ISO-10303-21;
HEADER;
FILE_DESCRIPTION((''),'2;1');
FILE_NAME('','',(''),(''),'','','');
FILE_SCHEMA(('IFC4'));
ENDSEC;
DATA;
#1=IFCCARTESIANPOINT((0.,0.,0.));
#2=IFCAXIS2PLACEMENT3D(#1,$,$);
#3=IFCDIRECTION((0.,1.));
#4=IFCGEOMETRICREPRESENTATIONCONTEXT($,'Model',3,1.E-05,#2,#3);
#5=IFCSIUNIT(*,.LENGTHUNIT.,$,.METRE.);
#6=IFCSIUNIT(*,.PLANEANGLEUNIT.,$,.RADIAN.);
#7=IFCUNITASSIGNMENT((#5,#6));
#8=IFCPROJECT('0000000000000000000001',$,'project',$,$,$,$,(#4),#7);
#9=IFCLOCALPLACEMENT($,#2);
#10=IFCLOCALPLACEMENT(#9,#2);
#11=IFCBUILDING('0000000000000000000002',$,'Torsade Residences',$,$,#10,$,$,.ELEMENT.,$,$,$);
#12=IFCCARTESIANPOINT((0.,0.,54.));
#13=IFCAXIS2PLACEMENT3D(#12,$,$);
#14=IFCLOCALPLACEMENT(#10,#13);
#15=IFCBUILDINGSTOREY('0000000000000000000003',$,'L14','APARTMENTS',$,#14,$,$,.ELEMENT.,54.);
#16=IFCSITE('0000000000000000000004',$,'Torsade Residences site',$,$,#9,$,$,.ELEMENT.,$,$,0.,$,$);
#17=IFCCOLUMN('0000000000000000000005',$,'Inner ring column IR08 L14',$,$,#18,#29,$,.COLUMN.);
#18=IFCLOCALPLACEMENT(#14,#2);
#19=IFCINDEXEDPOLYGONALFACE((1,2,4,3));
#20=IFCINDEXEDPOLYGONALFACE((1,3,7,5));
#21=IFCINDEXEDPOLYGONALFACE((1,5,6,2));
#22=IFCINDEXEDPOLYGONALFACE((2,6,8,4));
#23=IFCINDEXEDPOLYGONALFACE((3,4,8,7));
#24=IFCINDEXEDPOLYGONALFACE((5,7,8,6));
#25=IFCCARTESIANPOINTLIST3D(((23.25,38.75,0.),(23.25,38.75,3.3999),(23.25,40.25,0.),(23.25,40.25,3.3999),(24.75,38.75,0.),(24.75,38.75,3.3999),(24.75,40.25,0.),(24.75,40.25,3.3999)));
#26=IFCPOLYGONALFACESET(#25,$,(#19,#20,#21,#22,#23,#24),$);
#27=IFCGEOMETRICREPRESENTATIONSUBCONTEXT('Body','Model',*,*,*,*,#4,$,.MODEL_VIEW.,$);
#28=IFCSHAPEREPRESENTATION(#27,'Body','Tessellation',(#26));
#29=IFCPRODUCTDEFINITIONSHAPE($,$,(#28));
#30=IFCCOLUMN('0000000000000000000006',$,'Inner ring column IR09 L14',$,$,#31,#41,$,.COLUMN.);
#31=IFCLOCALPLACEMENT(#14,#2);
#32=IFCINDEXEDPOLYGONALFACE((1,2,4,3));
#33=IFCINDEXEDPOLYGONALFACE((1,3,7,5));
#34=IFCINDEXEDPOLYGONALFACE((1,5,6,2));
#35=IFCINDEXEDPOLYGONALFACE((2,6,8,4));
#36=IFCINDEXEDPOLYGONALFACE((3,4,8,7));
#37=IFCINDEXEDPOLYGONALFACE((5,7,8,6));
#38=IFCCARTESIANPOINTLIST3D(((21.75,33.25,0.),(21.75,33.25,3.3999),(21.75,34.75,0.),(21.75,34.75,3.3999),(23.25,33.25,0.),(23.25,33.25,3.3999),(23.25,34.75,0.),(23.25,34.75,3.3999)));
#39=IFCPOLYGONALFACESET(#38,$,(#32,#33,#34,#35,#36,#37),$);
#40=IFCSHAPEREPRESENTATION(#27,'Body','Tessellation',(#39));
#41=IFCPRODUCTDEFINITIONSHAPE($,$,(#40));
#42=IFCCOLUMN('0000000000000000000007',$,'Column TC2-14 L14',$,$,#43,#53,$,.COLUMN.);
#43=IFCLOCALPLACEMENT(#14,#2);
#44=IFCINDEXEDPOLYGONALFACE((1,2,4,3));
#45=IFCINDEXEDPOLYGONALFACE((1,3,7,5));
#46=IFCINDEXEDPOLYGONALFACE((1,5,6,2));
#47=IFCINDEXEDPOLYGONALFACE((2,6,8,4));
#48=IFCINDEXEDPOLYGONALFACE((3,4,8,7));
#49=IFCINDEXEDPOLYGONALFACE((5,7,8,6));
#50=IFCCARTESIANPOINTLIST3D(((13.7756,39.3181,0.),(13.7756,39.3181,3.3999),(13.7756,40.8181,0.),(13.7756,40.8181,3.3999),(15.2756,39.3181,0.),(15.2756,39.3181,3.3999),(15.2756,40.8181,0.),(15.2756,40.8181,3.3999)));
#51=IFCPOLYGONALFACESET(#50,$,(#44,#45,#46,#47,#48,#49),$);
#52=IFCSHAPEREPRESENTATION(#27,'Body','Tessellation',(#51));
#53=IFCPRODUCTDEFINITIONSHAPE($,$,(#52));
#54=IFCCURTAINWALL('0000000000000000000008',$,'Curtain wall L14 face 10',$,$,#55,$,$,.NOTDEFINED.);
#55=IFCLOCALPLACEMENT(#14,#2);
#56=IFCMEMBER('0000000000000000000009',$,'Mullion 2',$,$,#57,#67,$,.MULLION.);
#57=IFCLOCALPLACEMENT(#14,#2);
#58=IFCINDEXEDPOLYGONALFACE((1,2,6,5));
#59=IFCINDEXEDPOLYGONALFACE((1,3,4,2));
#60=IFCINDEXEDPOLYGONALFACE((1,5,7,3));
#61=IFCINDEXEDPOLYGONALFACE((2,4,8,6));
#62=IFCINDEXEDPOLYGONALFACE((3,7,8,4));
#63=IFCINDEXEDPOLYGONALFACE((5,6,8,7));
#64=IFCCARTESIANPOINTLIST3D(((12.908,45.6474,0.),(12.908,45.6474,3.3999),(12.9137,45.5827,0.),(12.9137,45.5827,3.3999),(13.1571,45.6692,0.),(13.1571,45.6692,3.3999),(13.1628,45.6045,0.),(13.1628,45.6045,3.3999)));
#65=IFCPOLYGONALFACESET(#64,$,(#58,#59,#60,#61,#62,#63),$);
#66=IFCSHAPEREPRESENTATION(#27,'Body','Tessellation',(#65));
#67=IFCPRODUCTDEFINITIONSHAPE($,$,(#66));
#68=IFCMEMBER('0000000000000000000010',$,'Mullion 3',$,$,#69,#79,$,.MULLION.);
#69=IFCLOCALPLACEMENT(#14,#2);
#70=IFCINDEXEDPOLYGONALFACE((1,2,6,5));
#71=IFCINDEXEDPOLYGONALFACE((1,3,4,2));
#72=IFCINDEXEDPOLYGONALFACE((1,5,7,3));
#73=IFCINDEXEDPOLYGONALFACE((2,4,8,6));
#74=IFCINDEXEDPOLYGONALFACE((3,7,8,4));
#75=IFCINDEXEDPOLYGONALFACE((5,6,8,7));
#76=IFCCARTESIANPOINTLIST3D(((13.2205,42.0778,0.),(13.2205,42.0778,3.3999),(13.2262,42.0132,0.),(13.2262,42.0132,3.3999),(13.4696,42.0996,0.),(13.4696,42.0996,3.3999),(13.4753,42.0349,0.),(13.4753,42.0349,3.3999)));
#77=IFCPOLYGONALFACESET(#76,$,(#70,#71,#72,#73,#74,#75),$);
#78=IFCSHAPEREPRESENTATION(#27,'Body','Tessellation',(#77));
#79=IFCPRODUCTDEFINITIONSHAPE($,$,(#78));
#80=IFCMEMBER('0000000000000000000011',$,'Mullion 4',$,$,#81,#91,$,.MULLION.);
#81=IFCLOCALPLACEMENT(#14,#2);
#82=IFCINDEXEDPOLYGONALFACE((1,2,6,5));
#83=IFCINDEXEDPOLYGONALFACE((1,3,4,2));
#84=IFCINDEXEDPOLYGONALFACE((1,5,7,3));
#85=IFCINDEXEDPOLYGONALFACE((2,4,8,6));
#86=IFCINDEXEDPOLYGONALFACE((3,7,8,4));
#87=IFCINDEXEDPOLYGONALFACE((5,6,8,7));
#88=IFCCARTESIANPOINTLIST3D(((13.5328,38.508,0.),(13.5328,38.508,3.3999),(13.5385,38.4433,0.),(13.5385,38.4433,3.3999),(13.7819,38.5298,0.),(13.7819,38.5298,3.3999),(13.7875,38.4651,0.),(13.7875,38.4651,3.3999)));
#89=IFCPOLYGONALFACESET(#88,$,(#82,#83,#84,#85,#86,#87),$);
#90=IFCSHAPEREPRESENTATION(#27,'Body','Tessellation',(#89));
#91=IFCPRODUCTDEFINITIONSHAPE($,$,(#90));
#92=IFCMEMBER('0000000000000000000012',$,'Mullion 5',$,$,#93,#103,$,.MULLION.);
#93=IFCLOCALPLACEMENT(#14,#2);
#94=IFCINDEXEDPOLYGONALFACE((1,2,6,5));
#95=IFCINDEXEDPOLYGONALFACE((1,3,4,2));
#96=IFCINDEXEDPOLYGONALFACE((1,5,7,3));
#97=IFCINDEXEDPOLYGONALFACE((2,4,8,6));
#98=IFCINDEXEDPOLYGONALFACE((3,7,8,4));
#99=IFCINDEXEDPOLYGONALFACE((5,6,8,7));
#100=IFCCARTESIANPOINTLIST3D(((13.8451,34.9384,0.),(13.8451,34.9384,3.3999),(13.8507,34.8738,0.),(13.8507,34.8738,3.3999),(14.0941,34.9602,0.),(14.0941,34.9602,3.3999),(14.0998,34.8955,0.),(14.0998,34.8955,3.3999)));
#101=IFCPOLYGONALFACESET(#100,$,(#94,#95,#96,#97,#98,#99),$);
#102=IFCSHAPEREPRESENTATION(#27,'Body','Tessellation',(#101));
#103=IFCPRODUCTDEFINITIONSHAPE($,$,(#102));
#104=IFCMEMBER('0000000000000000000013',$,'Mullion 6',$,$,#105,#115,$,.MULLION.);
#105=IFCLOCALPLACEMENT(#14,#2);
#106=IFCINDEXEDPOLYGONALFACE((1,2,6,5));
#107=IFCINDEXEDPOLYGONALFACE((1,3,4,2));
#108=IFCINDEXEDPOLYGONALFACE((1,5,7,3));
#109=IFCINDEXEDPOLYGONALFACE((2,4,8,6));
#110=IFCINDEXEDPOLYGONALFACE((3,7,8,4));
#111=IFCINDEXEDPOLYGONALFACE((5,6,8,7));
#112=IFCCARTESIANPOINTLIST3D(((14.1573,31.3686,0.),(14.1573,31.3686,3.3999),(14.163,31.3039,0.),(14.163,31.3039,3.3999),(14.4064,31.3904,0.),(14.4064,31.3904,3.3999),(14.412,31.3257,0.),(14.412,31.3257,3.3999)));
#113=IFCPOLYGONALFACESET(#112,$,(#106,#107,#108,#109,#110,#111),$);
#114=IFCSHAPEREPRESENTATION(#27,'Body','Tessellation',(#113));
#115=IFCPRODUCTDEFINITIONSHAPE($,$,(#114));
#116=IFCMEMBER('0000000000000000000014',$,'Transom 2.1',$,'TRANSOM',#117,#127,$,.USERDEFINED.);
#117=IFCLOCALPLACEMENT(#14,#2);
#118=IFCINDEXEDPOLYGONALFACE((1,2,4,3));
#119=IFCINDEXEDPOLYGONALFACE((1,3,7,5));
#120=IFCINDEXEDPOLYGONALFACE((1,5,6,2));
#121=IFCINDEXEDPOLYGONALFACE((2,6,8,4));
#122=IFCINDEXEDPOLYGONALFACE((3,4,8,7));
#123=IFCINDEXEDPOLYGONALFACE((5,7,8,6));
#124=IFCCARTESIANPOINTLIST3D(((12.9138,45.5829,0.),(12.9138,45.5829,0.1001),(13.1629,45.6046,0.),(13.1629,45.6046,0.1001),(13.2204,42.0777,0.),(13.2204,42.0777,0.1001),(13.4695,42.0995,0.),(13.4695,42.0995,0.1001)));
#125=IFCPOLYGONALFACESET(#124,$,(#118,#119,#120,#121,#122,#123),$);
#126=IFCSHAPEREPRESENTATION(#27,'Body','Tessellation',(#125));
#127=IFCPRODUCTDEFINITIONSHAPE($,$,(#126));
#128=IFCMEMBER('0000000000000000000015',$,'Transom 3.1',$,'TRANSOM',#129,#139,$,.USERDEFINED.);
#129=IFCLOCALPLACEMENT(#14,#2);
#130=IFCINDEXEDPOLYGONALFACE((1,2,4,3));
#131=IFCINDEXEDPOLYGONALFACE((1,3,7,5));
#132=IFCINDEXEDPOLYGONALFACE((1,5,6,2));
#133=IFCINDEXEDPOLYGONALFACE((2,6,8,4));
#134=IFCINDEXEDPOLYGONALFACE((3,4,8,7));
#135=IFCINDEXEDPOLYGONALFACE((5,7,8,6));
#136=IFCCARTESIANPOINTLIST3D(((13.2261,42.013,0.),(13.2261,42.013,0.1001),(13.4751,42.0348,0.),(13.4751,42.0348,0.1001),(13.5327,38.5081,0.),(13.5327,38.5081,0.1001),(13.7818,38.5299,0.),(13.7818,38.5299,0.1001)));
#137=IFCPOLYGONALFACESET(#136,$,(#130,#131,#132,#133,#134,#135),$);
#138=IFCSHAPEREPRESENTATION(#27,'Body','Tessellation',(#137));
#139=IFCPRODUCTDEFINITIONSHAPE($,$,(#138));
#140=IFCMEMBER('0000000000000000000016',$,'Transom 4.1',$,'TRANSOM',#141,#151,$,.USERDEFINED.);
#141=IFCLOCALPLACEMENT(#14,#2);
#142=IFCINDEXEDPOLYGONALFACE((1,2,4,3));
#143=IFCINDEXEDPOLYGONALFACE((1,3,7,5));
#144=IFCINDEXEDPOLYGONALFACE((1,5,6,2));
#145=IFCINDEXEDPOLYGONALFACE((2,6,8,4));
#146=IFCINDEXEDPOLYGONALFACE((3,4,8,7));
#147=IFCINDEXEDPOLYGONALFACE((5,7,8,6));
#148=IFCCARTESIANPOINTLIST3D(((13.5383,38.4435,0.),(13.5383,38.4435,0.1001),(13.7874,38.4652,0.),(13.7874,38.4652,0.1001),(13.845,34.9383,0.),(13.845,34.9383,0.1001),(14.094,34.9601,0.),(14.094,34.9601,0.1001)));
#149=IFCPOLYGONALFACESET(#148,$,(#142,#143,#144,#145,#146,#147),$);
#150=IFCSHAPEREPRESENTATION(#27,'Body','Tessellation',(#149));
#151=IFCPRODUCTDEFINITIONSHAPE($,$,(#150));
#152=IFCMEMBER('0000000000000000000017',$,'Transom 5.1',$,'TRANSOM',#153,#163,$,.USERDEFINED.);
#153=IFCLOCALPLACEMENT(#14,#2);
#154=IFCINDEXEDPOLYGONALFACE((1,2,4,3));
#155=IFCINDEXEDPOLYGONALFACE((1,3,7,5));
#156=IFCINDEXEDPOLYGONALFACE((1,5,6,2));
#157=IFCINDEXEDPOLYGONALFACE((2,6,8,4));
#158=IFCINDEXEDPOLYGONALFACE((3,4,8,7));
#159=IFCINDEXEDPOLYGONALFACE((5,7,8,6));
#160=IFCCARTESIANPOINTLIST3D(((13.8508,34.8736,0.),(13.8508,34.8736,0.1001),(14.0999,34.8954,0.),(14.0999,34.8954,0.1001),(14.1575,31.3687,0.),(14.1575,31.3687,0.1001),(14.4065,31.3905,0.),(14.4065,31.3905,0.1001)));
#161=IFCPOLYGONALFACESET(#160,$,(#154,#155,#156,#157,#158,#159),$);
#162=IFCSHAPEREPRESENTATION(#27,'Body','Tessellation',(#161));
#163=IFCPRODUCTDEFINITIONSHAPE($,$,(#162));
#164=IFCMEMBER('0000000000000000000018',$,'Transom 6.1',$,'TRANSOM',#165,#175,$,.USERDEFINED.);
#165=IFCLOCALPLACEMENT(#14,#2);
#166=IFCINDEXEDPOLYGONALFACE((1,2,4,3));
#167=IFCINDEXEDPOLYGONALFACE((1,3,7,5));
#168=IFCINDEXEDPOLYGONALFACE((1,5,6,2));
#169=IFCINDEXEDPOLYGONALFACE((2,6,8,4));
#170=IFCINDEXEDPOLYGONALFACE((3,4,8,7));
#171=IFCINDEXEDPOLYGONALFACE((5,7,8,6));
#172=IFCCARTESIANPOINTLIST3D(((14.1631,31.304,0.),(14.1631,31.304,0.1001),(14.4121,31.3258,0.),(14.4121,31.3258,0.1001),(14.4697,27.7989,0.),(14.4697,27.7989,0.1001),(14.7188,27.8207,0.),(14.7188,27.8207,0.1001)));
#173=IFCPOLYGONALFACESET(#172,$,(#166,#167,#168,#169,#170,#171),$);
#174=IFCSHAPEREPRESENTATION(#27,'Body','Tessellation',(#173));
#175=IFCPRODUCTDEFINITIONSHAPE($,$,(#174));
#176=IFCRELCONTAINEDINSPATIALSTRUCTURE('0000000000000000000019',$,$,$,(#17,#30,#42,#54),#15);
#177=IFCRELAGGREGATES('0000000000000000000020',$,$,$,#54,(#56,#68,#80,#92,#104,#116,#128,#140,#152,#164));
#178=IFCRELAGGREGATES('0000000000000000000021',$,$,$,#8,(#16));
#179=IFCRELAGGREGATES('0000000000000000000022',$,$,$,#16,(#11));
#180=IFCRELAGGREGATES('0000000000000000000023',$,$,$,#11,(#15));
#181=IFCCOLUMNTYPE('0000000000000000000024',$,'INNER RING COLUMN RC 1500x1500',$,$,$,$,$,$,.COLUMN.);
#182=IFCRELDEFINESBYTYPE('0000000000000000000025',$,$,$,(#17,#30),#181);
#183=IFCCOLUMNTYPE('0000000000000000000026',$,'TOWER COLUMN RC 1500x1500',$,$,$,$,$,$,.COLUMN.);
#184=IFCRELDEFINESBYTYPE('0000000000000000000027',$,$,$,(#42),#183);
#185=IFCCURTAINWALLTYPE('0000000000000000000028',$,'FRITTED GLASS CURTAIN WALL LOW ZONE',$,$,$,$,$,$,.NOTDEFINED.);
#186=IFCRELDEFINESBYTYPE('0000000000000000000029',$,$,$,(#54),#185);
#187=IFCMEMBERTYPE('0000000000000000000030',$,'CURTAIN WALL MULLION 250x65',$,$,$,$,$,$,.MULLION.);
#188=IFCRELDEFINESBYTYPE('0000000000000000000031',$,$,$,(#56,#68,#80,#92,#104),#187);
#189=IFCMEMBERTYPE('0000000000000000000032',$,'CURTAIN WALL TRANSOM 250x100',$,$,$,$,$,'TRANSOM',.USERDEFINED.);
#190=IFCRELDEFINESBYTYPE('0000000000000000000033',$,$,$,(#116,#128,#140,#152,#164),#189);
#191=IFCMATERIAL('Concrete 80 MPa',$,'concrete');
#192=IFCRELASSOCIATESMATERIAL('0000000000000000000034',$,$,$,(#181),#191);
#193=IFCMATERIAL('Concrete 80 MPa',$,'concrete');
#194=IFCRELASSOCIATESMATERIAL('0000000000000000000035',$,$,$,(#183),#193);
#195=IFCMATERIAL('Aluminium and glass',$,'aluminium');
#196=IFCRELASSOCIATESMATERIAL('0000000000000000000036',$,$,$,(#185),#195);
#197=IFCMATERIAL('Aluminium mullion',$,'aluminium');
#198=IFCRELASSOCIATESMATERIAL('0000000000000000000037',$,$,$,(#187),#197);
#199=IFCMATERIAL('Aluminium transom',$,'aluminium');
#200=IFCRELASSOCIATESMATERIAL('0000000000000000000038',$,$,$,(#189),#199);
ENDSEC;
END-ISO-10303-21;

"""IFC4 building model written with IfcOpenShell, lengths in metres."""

from ifc_helpers import new_model, si_unit, direction, frame, origin, origin_2d, place, context, subcontext, project, spatial, rectangle, extrude, material, material_profile, profile_set, type_object, element, aggregate, save


model = new_model("IFC4")

# Units and contexts
model_context = context("Model", 3, precision=1e-05, world=origin(), true_north=direction((0.0, 1.0)))
body_context = subcontext(model_context, "Body", "Model", "MODEL_VIEW")
ifc_project = project(units=[si_unit("LENGTHUNIT", "METRE"), si_unit("PLANEANGLEUNIT", "RADIAN")], contexts=[model_context])

# Site, building, storey
site_placement = place(None, origin())
site = spatial("IfcSite", under=ifc_project, at=site_placement, Name="Torsade Residences site", CompositionType="ELEMENT", RefElevation=0.0)
building_placement = place(site_placement, origin())
building = spatial("IfcBuilding", under=site, at=building_placement, Name="Torsade Residences", CompositionType="ELEMENT")
storey_placement = place(building_placement, frame((0.0, 0.0, 54.0)))
storey = spatial("IfcBuildingStorey", under=building, at=storey_placement, Name="L14", Description="APARTMENTS", CompositionType="ELEMENT", Elevation=54.0)

# Columns
ifc_material_1 = material(Name="Concrete 80 MPa", Category="concrete")
ifc_material_profile_1 = material_profile(ifc_material_1, rectangle(XDim=1.5, YDim=1.5, at=origin_2d()), Name="RC 1500x1500")
ifc_profile_set_1 = profile_set([ifc_material_profile_1], Name="Concrete 80 MPa")
column_type_1 = type_object("IfcColumnType", Name="INNER RING COLUMN RC 1500x1500", PredefinedType="COLUMN", material=ifc_profile_set_1)
for number, where, z_axis, x_axis, name in (
    (1, (24.0, 39.5, 0.0), (0.0, 0.0, 1.0), (1.0, 0.0, 0.0), "Inner ring column IR08 L14"),
    (2, (22.5, 34.0, 0.0), (0.0, 0.0, 1.0), (1.0, 0.0, 0.0), "Inner ring column IR09 L14"),
):
    element("IfcColumn", number, at=place(storey_placement, frame(where, z_axis=z_axis, x_axis=x_axis)), inside=storey, type_object=column_type_1, Name=name, PredefinedType="COLUMN", context=body_context, shape_type="SweptSolid", body=[
        extrude(rectangle(XDim=1.5, YDim=1.5, at=origin_2d()), origin(), (0.0, 0.0, 1.0), 3.3999),
    ])
ifc_material_2 = material(Name="Concrete 80 MPa", Category="concrete")
ifc_material_profile_2 = material_profile(ifc_material_2, rectangle(XDim=1.5, YDim=1.5, at=origin_2d()), Name="RC 1500x1500")
ifc_profile_set_2 = profile_set([ifc_material_profile_2], Name="Concrete 80 MPa")
column_type_2 = type_object("IfcColumnType", Name="TOWER COLUMN RC 1500x1500", PredefinedType="COLUMN", material=ifc_profile_set_2)
column_placement = place(storey_placement, frame((14.5256, 40.0681, 0.0), z_axis=(0.0, 0.0, 1.0), x_axis=(1.0, 0.0, 0.0)))
element("IfcColumn", 3, at=column_placement, inside=storey, type_object=column_type_2, Name="Column TC2-14 L14", PredefinedType="COLUMN", context=body_context, shape_type="SweptSolid", body=[
    extrude(rectangle(XDim=1.5, YDim=1.5, at=origin_2d()), origin(), (0.0, 0.0, 1.0), 3.3999),
])

# Curtain wall, members
ifc_material_3 = material(Name="Aluminium and glass", Category="aluminium")
curtain_wall_type = type_object("IfcCurtainWallType", Name="FRITTED GLASS CURTAIN WALL LOW ZONE", PredefinedType="NOTDEFINED", material=ifc_material_3)
curtain_wall_placement = place(storey_placement, origin())
curtain_wall = element("IfcCurtainWall", 4, at=curtain_wall_placement, inside=storey, type_object=curtain_wall_type, Name="Curtain wall L14 face 10", PredefinedType="NOTDEFINED")
ifc_material_4 = material(Name="Aluminium mullion", Category="aluminium")
ifc_material_profile_3 = material_profile(ifc_material_4, rectangle(XDim=0.25, YDim=0.0649, at=origin_2d()), Name="CURTAIN WALL MULLION 250x65")
ifc_profile_set_3 = profile_set([ifc_material_profile_3], Name="Aluminium mullion")
member_type_1 = type_object("IfcMemberType", Name="CURTAIN WALL MULLION 250x65", PredefinedType="MULLION", material=ifc_profile_set_3)
member_1_placement = place(storey_placement, frame((13.0354, 45.626, 0.0), z_axis=(0.0, 0.0, 1.0), x_axis=(0.996195, 0.087156, 0.0)))
member_1 = element("IfcMember", 5, at=member_1_placement, type_object=member_type_1, Name="Mullion 2", PredefinedType="MULLION", context=body_context, shape_type="SweptSolid", body=[
    extrude(rectangle(XDim=0.25, YDim=0.0649, at=origin_2d()), origin(), (0.0, 0.0, 1.0), 3.3999),
])
member_2_placement = place(storey_placement, frame((13.3479, 42.0564, 0.0), z_axis=(0.0, 0.0, 1.0), x_axis=(0.996195, 0.087156, 0.0)))
member_2 = element("IfcMember", 6, at=member_2_placement, type_object=member_type_1, Name="Mullion 3", PredefinedType="MULLION", context=body_context, shape_type="SweptSolid", body=[
    extrude(rectangle(XDim=0.25, YDim=0.0649, at=origin_2d()), origin(), (0.0, 0.0, 1.0), 3.3999),
])
member_3_placement = place(storey_placement, frame((13.6602, 38.4866, 0.0), z_axis=(0.0, 0.0, 1.0), x_axis=(0.996195, 0.087156, 0.0)))
member_3 = element("IfcMember", 7, at=member_3_placement, type_object=member_type_1, Name="Mullion 4", PredefinedType="MULLION", context=body_context, shape_type="SweptSolid", body=[
    extrude(rectangle(XDim=0.25, YDim=0.0649, at=origin_2d()), origin(), (0.0, 0.0, 1.0), 3.3999),
])
member_4_placement = place(storey_placement, frame((13.9724, 34.917, 0.0), z_axis=(0.0, 0.0, 1.0), x_axis=(0.996195, 0.087156, 0.0)))
member_4 = element("IfcMember", 8, at=member_4_placement, type_object=member_type_1, Name="Mullion 5", PredefinedType="MULLION", context=body_context, shape_type="SweptSolid", body=[
    extrude(rectangle(XDim=0.25, YDim=0.0649, at=origin_2d()), origin(), (0.0, 0.0, 1.0), 3.3999),
])
member_5_placement = place(storey_placement, frame((14.2847, 31.3472, 0.0), z_axis=(0.0, 0.0, 1.0), x_axis=(0.996195, 0.087156, 0.0)))
member_5 = element("IfcMember", 9, at=member_5_placement, type_object=member_type_1, Name="Mullion 6", PredefinedType="MULLION", context=body_context, shape_type="SweptSolid", body=[
    extrude(rectangle(XDim=0.25, YDim=0.0649, at=origin_2d()), origin(), (0.0, 0.0, 1.0), 3.3999),
])
ifc_material_5 = material(Name="Aluminium transom", Category="aluminium")
ifc_material_profile_4 = material_profile(ifc_material_5, rectangle(XDim=0.25, YDim=0.1001, at=origin_2d()), Name="CURTAIN WALL TRANSOM 250x100")
ifc_profile_set_4 = profile_set([ifc_material_profile_4], Name="Aluminium transom")
member_type_2 = type_object("IfcMemberType", Name="CURTAIN WALL TRANSOM 250x100", ElementType="TRANSOM", PredefinedType="USERDEFINED", material=ifc_profile_set_4)
member_6_placement = place(storey_placement, frame((13.0383, 45.5938, 0.05), z_axis=(0.087151, -0.996195, 0.0), x_axis=(0.996195, 0.087151, 0.0)))
member_6 = element("IfcMember", 10, at=member_6_placement, type_object=member_type_2, Name="Transom 2.1", ObjectType="TRANSOM", PredefinedType="USERDEFINED", context=body_context, shape_type="SweptSolid", body=[
    extrude(rectangle(XDim=0.25, YDim=0.1001, at=origin_2d()), origin(), (0.0, 0.0, 1.0), 3.5186),
])
member_7_placement = place(storey_placement, frame((13.3506, 42.0239, 0.05), z_axis=(0.087157, -0.996195, 0.0), x_axis=(0.996195, 0.087157, 0.0)))
member_7 = element("IfcMember", 11, at=member_7_placement, type_object=member_type_2, Name="Transom 3.1", ObjectType="TRANSOM", PredefinedType="USERDEFINED", context=body_context, shape_type="SweptSolid", body=[
    extrude(rectangle(XDim=0.25, YDim=0.1001, at=origin_2d()), origin(), (0.0, 0.0, 1.0), 3.5183),
])
member_8_placement = place(storey_placement, frame((13.6628, 38.4543, 0.05), z_axis=(0.087151, -0.996195, 0.0), x_axis=(0.996195, 0.087151, 0.0)))
member_8 = element("IfcMember", 12, at=member_8_placement, type_object=member_type_2, Name="Transom 4.1", ObjectType="TRANSOM", PredefinedType="USERDEFINED", context=body_context, shape_type="SweptSolid", body=[
    extrude(rectangle(XDim=0.25, YDim=0.1001, at=origin_2d()), origin(), (0.0, 0.0, 1.0), 3.5186),
])
member_9_placement = place(storey_placement, frame((13.9753, 34.8845, 0.05), z_axis=(0.087157, -0.996195, 0.0), x_axis=(0.996195, 0.087157, 0.0)))
member_9 = element("IfcMember", 13, at=member_9_placement, type_object=member_type_2, Name="Transom 5.1", ObjectType="TRANSOM", PredefinedType="USERDEFINED", context=body_context, shape_type="SweptSolid", body=[
    extrude(rectangle(XDim=0.25, YDim=0.1001, at=origin_2d()), origin(), (0.0, 0.0, 1.0), 3.5183),
])
member_10_placement = place(storey_placement, frame((14.2876, 31.3149, 0.05), z_axis=(0.087151, -0.996195, 0.0), x_axis=(0.996195, 0.087151, 0.0)))
member_10 = element("IfcMember", 14, at=member_10_placement, type_object=member_type_2, Name="Transom 6.1", ObjectType="TRANSOM", PredefinedType="USERDEFINED", context=body_context, shape_type="SweptSolid", body=[
    extrude(rectangle(XDim=0.25, YDim=0.1001, at=origin_2d()), origin(), (0.0, 0.0, 1.0), 3.5186),
])

aggregate(curtain_wall, [member_1, member_2, member_3, member_4, member_5, member_6, member_7, member_8, member_9, member_10])

save(model, "model.ifc")
